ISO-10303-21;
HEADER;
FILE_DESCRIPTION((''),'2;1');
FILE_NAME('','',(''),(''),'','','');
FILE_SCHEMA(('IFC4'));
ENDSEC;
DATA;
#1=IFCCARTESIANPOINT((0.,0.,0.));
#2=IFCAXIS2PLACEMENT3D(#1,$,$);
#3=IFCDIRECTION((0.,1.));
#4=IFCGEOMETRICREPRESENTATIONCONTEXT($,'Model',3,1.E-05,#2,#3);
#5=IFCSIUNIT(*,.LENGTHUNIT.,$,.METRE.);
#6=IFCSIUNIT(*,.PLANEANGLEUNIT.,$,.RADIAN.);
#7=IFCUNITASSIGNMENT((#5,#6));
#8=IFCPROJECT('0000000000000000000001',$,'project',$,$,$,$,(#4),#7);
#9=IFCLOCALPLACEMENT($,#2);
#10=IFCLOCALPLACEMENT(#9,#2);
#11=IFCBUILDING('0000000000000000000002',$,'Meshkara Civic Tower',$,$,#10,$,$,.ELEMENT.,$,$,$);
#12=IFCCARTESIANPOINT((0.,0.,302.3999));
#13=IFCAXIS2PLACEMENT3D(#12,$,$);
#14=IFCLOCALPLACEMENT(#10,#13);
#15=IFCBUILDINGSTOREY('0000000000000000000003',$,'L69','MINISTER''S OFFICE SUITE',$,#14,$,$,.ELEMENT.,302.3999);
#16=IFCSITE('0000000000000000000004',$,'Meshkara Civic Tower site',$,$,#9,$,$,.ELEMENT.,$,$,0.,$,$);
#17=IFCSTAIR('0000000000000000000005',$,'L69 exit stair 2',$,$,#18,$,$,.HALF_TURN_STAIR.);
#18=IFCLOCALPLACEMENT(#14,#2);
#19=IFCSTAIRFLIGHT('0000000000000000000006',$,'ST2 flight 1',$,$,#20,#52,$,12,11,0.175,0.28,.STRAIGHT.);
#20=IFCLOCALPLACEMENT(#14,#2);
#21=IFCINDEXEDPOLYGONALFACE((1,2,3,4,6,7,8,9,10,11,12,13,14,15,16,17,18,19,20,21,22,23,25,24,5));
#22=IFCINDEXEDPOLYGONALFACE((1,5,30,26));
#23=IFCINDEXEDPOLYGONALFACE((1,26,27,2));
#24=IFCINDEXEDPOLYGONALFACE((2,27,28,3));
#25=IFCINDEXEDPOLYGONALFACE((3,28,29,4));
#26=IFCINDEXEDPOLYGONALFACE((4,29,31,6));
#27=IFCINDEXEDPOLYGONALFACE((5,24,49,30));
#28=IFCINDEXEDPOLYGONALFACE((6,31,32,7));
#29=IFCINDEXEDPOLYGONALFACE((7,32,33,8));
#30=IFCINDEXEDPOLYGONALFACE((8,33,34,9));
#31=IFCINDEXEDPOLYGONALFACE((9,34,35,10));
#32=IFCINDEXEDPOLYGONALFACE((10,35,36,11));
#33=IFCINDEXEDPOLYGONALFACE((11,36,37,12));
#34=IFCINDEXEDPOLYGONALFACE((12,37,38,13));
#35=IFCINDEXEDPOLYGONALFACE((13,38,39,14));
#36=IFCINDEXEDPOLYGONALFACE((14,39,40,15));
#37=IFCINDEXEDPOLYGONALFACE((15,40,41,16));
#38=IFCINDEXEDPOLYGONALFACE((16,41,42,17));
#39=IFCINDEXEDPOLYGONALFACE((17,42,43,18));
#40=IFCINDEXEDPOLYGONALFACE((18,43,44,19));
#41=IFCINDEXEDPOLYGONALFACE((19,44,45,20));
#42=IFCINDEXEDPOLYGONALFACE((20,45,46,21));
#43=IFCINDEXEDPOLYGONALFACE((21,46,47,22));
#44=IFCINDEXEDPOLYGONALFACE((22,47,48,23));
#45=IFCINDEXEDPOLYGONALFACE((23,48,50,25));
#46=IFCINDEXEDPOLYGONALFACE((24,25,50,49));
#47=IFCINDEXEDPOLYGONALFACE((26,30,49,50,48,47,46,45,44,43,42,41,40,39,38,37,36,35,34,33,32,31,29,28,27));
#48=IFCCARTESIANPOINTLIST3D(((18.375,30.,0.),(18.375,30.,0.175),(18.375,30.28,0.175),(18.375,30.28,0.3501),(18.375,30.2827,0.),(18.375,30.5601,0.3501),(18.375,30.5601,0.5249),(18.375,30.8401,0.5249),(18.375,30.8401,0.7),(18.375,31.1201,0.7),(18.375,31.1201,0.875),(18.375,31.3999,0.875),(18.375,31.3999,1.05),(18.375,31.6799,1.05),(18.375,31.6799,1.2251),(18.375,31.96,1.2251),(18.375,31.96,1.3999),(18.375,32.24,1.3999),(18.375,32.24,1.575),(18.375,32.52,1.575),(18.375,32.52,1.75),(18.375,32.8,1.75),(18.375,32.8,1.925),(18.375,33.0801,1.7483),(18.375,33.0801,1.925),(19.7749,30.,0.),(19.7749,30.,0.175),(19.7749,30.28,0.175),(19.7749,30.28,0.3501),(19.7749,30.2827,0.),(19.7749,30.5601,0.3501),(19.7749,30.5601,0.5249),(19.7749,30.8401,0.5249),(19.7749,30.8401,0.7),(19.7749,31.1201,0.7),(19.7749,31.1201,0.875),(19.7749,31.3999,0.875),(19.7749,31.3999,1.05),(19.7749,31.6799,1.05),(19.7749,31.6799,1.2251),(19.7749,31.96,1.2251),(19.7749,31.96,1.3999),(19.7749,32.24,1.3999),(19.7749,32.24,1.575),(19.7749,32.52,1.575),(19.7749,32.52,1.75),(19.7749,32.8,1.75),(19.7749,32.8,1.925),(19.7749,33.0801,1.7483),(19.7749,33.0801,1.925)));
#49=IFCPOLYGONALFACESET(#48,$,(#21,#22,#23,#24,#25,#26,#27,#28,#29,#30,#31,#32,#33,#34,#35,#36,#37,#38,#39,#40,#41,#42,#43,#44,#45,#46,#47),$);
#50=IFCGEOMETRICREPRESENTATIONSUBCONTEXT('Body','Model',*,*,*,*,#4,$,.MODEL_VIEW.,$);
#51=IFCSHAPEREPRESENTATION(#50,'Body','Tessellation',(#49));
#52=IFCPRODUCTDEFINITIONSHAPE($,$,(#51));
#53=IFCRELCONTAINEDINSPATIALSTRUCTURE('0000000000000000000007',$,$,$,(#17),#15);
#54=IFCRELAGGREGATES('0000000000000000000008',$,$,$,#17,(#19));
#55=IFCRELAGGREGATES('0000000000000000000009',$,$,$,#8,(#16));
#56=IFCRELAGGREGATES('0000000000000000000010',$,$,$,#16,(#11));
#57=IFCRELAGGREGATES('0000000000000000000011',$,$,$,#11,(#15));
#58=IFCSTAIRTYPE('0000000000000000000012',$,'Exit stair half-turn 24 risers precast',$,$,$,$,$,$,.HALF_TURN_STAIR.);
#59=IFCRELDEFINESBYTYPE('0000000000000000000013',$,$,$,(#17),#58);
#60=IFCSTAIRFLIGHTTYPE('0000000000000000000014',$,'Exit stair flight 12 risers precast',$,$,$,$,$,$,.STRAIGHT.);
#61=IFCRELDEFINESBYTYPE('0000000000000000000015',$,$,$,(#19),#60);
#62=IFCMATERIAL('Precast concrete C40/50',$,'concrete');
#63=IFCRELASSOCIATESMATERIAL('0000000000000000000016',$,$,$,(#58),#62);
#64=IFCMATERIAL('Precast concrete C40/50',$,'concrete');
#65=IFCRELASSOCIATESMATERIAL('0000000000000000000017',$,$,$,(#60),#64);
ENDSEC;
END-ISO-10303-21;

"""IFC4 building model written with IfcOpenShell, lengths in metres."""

from ifc_helpers import new_model, si_unit, direction, frame, origin, place, context, subcontext, project, spatial, polyline, outline, extrude, material, type_object, element, aggregate, save


model = new_model("IFC4")

# Units and contexts
model_context = context("Model", 3, precision=1e-05, world=origin(), true_north=direction((0.0, 1.0)))
body_context = subcontext(model_context, "Body", "Model", "MODEL_VIEW")
ifc_project = project(units=[si_unit("LENGTHUNIT", "METRE"), si_unit("PLANEANGLEUNIT", "RADIAN")], contexts=[model_context])

# Site, building, storey
site_placement = place(None, origin())
site = spatial("IfcSite", under=ifc_project, at=site_placement, Name="Meshkara Civic Tower site", CompositionType="ELEMENT", RefElevation=0.0)
building_placement = place(site_placement, origin())
building = spatial("IfcBuilding", under=site, at=building_placement, Name="Meshkara Civic Tower", CompositionType="ELEMENT")
storey_placement = place(building_placement, frame((0.0, 0.0, 302.3999)))
storey = spatial("IfcBuildingStorey", under=building, at=storey_placement, Name="L69", Description="MINISTER'S OFFICE SUITE", CompositionType="ELEMENT", Elevation=302.3999)

# Stair, stair flight
ifc_material_1 = material(Name="Precast concrete C40/50", Category="concrete")
stair_type = type_object("IfcStairType", Name="Exit stair half-turn 24 risers precast", PredefinedType="HALF_TURN_STAIR", material=ifc_material_1)
stair_placement = place(storey_placement, origin())
stair = element("IfcStair", 1, at=stair_placement, inside=storey, type_object=stair_type, Name="L69 exit stair 2", PredefinedType="HALF_TURN_STAIR")
ifc_material_2 = material(Name="Precast concrete C40/50", Category="concrete")
stair_flight_type = type_object("IfcStairFlightType", Name="Exit stair flight 12 risers precast", PredefinedType="STRAIGHT", material=ifc_material_2)
stair_flight_placement = place(storey_placement, frame((19.075, 30.0, 0.0), z_axis=(0.0, 0.0, 1.0), x_axis=(0.0, 1.0, 0.0)))
stair_flight = element("IfcStairFlight", 2, at=stair_flight_placement, type_object=stair_flight_type, Name="ST2 flight 1", NumberOfRisers=12, NumberOfTreads=11, PredefinedType="STRAIGHT", RiserHeight=0.175, TreadLength=0.28, context=body_context, shape_type="SweptSolid", body=[
    extrude(outline(polyline([(0.0, 0.0), (0.0, 0.175), (0.28, 0.175), (0.28, 0.3501), (0.5601, 0.3501), (0.5601, 0.5249), (0.8401, 0.5249), (0.8401, 0.7), (1.1201, 0.7), (1.1201, 0.875), (1.3999, 0.875), (1.3999, 1.05), (1.6799, 1.05), (1.6799, 1.2251), (1.96, 1.2251), (1.96, 1.3999), (2.24, 1.3999), (2.24, 1.575), (2.52, 1.575), (2.52, 1.75), (2.8, 1.75), (2.8, 1.925), (3.0801, 1.925), (3.0801, 2.1001), (3.0801, 1.7483), (0.2827, 0.0), (0.0, 0.0)])), frame((0.0, 0.7, 0.0), z_axis=(0.0, -1.0, 0.0), x_axis=(1.0, 0.0, 0.0)), (0.0, 0.0, 1.0), 1.3999),
])
aggregate(stair, [stair_flight])

save(model, "model.ifc")
